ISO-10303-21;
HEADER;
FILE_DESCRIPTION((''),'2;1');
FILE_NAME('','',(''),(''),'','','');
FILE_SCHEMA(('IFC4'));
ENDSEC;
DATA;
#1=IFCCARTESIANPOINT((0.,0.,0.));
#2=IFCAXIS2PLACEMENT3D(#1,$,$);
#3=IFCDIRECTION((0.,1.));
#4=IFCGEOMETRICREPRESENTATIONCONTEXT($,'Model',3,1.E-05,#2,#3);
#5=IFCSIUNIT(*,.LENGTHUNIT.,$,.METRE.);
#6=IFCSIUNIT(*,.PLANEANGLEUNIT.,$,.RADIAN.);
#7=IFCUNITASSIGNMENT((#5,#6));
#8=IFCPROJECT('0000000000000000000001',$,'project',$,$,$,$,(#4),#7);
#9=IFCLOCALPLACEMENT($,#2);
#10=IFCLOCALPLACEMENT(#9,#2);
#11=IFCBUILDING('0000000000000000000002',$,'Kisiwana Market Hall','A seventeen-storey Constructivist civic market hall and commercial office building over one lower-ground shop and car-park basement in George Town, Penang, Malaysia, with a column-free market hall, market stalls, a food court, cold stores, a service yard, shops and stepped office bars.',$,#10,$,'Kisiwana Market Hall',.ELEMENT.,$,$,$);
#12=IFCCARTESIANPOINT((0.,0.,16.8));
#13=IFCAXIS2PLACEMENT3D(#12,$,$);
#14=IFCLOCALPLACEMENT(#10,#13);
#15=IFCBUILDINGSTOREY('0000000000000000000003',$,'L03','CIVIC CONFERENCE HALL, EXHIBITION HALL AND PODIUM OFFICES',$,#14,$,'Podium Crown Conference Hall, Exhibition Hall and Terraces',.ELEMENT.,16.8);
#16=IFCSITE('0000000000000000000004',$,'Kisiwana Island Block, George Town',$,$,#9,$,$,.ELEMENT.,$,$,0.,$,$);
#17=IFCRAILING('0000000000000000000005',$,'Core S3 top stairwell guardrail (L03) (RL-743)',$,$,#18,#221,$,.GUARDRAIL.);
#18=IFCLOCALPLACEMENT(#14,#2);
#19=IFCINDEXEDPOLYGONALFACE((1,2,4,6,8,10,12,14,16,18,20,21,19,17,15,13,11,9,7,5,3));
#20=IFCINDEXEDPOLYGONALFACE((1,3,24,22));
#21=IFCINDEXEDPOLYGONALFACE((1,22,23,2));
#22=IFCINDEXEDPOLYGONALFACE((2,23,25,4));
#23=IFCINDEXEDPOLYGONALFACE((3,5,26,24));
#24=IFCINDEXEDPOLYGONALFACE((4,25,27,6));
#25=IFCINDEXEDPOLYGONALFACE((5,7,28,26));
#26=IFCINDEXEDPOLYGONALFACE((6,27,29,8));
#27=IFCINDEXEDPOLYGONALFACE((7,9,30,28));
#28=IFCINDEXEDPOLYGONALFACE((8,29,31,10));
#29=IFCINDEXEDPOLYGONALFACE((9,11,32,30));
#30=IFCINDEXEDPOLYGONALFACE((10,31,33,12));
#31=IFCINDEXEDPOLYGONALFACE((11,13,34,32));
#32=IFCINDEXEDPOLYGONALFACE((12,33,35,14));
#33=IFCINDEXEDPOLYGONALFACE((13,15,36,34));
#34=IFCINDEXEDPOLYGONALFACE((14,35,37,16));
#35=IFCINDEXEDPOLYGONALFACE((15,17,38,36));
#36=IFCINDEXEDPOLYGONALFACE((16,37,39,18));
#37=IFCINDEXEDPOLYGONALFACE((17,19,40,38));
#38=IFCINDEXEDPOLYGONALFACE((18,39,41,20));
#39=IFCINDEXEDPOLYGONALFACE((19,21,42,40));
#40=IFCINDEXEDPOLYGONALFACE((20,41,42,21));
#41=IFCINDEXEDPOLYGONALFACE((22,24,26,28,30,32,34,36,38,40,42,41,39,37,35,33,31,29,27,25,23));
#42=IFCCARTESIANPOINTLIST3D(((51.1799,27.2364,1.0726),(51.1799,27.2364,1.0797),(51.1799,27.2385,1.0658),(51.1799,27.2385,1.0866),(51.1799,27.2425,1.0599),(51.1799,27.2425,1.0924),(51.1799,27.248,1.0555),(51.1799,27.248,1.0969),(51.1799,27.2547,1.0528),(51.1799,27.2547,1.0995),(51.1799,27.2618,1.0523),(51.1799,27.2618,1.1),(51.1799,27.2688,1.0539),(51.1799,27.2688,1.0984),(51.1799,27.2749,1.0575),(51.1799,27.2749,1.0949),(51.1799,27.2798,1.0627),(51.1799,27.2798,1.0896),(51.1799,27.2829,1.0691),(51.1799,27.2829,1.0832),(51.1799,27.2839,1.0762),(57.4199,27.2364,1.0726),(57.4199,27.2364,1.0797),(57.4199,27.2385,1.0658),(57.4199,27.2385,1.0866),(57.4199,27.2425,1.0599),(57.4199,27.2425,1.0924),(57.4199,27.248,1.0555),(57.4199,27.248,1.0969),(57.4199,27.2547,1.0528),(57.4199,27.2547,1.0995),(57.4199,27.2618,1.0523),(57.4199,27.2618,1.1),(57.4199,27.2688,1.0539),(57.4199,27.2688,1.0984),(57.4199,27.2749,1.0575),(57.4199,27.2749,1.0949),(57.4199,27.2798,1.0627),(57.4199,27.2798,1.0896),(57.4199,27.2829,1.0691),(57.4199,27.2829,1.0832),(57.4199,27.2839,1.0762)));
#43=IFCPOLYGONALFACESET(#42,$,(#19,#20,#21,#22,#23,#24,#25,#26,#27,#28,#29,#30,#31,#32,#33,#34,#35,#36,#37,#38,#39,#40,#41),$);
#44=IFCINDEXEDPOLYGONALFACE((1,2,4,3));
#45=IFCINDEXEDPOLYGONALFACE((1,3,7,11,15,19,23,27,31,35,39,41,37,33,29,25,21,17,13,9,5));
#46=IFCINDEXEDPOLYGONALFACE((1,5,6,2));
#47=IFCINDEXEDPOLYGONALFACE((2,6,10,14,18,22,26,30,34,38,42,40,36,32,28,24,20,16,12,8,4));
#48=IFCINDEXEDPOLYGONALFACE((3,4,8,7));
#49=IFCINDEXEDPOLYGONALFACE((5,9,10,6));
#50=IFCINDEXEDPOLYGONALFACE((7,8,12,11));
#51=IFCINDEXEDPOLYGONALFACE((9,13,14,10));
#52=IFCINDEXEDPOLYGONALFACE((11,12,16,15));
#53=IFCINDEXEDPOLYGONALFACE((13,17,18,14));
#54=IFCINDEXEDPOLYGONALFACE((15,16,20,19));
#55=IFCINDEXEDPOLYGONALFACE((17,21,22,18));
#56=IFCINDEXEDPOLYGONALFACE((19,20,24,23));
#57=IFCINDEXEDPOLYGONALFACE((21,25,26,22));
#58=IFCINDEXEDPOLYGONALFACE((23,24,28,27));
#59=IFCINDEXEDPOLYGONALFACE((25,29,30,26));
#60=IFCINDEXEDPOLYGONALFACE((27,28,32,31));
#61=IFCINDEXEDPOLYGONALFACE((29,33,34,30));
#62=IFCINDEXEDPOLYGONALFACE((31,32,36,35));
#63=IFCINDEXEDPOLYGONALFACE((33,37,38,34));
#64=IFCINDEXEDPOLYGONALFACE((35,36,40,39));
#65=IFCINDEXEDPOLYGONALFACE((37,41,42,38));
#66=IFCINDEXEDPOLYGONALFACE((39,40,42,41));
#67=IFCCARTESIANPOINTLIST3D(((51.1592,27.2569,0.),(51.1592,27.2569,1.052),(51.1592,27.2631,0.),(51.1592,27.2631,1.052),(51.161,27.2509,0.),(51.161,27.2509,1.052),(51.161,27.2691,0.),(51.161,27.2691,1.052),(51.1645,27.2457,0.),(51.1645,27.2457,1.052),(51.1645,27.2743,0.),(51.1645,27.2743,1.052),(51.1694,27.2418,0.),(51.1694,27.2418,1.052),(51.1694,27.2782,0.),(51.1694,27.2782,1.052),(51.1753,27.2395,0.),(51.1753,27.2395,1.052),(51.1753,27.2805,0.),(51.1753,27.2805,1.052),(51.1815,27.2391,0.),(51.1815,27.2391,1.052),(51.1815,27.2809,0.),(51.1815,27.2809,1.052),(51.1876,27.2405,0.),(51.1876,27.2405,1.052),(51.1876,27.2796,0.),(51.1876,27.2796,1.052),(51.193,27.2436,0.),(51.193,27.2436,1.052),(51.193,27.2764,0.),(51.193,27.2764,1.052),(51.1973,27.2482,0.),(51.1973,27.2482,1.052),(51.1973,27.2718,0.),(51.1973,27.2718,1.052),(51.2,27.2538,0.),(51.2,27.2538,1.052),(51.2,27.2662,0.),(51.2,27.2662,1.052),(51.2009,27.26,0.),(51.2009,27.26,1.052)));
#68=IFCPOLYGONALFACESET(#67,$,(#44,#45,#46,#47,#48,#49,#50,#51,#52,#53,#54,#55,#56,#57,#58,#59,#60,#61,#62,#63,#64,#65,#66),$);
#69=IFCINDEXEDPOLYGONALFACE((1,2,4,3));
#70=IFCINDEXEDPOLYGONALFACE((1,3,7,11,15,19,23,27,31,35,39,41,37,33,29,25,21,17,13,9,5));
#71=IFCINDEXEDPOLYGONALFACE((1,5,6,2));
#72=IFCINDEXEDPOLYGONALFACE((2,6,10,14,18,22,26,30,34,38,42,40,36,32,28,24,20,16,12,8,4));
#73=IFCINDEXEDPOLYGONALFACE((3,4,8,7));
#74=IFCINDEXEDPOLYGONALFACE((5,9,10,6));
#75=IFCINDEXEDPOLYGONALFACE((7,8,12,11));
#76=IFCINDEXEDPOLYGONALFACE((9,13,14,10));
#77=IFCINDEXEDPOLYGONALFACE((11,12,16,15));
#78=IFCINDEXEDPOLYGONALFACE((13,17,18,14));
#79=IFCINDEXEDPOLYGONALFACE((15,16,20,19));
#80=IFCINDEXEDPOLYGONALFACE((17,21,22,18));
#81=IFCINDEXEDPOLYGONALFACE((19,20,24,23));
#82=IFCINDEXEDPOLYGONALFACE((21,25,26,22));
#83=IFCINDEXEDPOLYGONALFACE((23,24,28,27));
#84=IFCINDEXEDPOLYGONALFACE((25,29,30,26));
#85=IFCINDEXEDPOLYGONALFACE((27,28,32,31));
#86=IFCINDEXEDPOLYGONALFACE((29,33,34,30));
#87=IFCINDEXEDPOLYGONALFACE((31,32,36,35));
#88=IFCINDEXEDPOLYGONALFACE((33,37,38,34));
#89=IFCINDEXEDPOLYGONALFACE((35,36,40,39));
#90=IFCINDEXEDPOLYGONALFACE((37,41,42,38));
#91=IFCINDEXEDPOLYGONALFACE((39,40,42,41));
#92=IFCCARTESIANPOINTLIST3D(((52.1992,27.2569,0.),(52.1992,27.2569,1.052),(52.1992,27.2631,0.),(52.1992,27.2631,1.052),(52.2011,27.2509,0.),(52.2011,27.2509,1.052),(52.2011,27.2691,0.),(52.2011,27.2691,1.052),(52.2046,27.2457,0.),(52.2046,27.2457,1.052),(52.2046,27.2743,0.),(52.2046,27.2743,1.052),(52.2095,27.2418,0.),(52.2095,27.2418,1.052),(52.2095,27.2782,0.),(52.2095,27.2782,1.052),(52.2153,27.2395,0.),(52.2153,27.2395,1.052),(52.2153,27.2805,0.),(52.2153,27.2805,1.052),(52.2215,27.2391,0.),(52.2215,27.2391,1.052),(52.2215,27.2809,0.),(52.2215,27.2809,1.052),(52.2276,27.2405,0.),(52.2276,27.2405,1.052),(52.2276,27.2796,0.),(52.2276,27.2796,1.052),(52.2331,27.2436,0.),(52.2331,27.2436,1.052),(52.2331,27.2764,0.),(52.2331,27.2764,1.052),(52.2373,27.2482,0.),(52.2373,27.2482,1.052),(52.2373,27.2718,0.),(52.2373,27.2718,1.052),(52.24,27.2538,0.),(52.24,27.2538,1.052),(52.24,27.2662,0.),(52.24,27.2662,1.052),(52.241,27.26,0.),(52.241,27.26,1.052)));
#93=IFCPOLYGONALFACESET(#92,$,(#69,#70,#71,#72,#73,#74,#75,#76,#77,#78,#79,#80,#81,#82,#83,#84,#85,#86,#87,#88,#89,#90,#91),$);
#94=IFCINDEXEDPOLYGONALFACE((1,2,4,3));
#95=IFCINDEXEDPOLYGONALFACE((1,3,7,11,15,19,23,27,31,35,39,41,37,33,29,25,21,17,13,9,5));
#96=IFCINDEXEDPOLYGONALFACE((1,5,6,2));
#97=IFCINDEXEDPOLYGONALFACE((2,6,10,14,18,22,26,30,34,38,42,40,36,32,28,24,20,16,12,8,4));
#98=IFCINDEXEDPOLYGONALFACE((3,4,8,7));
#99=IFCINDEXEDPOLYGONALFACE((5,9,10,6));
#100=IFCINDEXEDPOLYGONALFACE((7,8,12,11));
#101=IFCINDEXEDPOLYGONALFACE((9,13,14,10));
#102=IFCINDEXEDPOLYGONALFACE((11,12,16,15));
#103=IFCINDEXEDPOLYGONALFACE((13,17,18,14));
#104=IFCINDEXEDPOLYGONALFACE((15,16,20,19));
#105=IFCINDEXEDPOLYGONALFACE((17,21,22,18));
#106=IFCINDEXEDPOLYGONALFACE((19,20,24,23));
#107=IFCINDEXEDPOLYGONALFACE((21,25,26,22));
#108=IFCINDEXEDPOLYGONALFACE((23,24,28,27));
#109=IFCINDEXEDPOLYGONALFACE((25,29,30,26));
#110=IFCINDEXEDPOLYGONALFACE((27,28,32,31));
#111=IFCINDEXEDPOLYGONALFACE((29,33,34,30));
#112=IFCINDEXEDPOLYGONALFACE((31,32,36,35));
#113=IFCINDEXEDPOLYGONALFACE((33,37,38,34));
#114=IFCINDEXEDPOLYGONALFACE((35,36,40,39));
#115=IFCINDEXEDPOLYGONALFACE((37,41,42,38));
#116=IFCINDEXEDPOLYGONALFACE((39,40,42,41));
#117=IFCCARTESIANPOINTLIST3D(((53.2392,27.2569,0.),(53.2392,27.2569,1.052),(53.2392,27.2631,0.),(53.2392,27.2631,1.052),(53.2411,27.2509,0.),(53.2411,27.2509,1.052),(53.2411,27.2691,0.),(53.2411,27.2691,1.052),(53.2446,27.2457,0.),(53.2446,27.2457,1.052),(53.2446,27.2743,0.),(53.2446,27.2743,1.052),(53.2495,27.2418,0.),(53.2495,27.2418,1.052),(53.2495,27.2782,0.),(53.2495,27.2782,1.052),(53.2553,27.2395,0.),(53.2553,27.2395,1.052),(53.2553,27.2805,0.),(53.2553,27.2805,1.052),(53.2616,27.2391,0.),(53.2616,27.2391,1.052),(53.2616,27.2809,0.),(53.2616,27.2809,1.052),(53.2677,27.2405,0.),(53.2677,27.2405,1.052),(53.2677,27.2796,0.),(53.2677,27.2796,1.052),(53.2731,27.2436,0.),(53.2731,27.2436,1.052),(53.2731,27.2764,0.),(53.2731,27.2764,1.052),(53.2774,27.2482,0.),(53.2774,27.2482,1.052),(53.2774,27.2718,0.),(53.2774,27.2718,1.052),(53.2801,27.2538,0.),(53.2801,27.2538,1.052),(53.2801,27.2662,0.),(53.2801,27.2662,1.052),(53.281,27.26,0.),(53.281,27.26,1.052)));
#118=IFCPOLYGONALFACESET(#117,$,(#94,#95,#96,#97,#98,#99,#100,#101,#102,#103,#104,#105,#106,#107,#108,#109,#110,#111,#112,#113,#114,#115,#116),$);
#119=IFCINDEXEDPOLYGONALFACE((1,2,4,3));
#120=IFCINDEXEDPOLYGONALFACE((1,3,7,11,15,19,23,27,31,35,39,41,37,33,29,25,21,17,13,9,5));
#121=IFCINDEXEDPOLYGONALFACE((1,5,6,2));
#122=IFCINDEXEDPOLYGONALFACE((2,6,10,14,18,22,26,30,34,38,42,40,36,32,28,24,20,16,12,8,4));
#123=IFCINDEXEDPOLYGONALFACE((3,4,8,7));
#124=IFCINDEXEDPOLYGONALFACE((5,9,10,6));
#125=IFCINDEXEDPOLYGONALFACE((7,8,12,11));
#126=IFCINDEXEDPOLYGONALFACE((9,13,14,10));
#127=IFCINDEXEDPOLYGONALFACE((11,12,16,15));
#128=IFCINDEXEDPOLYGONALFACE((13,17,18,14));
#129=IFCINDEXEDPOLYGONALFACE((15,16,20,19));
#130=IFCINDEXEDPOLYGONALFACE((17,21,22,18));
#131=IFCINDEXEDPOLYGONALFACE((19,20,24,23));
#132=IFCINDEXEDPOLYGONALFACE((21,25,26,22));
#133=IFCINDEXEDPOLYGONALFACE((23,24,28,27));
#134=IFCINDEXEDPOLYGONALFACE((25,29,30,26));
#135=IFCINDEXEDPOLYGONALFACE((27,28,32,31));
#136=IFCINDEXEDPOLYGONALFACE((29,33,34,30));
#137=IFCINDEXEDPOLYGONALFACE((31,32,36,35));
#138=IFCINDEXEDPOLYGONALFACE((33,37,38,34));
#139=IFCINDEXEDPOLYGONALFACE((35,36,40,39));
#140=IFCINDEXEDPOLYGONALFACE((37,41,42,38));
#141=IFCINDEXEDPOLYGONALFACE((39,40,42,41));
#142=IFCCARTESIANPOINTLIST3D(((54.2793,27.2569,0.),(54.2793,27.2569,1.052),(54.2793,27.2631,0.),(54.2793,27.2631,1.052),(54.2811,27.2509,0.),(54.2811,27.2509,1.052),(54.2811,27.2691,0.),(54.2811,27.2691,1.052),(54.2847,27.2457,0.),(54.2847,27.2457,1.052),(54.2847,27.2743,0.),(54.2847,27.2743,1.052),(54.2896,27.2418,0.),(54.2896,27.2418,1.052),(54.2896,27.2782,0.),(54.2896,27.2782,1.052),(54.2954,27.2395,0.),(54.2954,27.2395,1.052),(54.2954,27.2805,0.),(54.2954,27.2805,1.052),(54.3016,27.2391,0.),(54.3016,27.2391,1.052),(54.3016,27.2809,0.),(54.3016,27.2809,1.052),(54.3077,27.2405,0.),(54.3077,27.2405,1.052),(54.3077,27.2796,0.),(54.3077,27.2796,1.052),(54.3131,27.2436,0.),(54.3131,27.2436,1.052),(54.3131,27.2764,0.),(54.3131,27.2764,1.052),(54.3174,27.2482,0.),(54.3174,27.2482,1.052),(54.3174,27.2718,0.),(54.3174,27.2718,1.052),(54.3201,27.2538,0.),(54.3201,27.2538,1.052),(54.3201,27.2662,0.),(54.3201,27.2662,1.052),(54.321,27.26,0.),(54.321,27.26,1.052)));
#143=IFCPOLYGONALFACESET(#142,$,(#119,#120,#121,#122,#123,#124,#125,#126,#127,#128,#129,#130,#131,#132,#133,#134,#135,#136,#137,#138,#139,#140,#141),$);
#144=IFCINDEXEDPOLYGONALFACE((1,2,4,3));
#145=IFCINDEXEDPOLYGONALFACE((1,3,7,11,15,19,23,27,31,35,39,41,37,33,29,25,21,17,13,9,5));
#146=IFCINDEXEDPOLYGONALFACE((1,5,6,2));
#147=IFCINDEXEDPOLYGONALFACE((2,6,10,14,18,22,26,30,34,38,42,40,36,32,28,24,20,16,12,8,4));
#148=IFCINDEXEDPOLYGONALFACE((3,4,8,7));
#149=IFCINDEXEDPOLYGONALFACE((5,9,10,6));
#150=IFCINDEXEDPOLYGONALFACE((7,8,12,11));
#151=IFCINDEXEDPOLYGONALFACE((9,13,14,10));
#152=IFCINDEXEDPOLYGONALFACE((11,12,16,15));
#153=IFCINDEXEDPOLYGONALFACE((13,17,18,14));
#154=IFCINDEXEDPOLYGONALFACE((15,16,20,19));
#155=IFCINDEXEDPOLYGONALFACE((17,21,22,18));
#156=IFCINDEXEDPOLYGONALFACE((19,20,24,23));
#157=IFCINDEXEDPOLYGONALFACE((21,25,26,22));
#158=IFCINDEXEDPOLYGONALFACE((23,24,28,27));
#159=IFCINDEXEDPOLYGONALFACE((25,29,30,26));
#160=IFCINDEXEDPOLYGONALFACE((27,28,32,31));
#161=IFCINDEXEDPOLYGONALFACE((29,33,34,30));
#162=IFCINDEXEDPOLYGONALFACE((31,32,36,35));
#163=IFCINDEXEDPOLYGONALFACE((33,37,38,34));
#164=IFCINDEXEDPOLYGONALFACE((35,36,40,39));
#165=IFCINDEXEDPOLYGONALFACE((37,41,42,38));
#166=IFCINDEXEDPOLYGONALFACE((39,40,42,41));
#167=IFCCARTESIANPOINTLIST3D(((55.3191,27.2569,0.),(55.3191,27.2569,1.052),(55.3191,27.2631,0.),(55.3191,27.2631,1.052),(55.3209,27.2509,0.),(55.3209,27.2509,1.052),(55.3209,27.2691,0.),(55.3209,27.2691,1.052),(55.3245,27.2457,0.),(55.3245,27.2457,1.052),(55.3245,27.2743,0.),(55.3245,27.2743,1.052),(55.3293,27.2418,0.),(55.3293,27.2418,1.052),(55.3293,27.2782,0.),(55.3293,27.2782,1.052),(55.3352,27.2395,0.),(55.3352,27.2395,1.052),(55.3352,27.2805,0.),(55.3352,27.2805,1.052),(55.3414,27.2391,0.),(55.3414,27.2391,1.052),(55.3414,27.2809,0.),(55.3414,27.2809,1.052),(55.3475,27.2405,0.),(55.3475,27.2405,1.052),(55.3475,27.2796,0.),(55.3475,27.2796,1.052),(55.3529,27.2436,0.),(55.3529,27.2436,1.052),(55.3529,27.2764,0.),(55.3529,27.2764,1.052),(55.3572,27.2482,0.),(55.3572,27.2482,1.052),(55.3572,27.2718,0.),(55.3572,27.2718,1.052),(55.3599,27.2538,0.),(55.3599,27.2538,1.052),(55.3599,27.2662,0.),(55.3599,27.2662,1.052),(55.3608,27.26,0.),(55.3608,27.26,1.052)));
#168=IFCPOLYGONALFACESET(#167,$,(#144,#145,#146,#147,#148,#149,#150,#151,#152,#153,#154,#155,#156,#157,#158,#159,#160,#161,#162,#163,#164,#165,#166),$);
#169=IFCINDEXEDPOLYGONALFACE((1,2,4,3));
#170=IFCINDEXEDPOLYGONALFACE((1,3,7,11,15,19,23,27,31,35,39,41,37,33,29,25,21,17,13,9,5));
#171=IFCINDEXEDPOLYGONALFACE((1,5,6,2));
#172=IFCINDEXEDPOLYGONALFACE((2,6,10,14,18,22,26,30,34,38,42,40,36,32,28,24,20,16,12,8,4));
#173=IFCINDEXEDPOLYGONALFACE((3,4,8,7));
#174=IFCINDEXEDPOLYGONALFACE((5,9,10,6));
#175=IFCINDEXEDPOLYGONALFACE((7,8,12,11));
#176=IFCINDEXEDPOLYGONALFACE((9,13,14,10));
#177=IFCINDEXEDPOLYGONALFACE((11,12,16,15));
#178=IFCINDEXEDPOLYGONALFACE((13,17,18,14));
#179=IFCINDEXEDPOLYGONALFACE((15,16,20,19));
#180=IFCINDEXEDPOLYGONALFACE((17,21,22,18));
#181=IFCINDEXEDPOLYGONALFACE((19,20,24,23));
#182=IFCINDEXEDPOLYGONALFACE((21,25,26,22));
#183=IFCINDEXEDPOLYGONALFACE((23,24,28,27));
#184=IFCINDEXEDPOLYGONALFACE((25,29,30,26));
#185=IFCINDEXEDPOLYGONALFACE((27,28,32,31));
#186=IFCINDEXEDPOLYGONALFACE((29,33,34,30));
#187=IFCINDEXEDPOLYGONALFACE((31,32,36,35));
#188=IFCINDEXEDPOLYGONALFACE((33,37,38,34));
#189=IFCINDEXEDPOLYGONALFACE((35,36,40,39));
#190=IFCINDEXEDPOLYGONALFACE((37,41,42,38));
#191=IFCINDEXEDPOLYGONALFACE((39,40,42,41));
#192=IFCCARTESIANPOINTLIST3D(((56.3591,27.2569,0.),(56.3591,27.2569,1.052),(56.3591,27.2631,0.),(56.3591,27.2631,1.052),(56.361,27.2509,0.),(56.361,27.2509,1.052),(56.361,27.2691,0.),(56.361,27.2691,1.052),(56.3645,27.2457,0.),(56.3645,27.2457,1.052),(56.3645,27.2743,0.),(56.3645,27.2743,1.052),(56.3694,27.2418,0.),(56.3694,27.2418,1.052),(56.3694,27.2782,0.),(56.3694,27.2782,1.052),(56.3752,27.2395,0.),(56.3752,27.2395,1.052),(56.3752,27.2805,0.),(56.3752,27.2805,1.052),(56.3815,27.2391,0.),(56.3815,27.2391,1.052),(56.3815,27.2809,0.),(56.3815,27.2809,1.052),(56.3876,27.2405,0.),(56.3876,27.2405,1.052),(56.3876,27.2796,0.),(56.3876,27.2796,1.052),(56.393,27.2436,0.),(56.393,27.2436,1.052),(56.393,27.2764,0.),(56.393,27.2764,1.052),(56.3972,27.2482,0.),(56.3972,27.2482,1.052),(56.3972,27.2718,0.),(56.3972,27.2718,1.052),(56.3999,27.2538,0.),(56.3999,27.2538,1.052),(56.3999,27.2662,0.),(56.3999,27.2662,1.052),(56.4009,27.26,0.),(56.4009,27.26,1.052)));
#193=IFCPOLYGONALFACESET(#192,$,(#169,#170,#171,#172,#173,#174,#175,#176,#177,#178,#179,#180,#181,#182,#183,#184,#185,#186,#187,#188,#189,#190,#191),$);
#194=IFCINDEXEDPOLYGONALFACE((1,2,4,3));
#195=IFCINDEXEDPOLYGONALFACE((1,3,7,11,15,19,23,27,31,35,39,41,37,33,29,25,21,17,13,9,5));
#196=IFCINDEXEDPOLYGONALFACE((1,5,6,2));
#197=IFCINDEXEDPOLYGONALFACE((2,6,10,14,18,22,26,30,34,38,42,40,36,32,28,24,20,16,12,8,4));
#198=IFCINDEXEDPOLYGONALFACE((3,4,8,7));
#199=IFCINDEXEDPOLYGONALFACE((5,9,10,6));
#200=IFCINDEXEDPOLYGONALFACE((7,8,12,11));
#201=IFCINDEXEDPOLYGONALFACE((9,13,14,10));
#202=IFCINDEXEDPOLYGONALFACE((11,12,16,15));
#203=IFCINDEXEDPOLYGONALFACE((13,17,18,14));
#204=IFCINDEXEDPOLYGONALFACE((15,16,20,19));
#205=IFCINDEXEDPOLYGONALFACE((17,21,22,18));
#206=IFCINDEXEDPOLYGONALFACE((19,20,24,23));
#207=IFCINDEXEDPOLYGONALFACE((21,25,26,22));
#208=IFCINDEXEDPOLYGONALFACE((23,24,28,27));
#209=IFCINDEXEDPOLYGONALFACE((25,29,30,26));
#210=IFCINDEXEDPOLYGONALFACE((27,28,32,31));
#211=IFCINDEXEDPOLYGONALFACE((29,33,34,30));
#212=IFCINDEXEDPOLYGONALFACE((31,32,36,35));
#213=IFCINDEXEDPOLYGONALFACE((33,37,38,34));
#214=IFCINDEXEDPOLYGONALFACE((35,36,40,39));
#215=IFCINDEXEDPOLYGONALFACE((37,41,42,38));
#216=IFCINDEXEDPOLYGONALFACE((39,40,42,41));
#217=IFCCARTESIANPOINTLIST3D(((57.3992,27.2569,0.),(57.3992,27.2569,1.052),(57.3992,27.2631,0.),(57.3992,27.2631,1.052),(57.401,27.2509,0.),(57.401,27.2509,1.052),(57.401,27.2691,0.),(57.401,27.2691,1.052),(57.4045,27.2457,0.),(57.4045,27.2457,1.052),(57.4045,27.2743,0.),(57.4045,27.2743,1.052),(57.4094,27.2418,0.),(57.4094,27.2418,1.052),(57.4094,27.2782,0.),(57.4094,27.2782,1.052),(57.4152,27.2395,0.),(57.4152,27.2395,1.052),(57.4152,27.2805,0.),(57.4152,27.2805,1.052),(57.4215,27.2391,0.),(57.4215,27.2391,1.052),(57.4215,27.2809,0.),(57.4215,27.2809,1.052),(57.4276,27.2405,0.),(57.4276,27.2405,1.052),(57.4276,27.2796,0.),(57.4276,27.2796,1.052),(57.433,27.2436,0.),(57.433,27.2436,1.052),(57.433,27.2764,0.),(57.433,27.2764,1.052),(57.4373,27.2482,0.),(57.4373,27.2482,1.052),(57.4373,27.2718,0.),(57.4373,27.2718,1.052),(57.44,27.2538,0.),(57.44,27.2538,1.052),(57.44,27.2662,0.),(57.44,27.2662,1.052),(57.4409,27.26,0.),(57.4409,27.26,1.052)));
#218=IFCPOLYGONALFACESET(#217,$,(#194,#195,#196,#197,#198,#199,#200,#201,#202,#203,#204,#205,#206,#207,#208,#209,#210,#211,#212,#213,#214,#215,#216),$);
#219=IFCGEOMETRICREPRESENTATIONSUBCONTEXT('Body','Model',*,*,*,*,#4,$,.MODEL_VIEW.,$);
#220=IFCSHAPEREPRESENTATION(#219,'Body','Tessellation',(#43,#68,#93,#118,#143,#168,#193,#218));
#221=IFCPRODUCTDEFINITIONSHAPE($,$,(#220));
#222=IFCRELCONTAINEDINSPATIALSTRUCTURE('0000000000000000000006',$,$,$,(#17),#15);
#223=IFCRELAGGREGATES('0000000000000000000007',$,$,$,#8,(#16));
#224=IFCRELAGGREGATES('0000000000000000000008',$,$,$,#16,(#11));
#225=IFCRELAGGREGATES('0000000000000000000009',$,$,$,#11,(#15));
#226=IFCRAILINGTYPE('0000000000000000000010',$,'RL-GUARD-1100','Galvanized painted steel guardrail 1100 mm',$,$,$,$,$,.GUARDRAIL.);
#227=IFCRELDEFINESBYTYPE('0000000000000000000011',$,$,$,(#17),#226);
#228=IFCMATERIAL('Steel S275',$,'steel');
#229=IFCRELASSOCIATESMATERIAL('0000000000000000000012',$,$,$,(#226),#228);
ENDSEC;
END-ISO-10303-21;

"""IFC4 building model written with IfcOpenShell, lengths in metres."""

from ifc_helpers import new_model, si_unit, direction, frame, origin, origin_2d, place, context, subcontext, project, spatial, circle, extrude, material, type_object, element, save


model = new_model("IFC4")

# Units and contexts
model_context = context("Model", 3, precision=1e-05, world=origin(), true_north=direction((0.0, 1.0)))
body_context = subcontext(model_context, "Body", "Model", "MODEL_VIEW")
ifc_project = project(units=[si_unit("LENGTHUNIT", "METRE"), si_unit("PLANEANGLEUNIT", "RADIAN")], contexts=[model_context])

# Site, building, storey
site_placement = place(None, origin())
site = spatial("IfcSite", under=ifc_project, at=site_placement, Name="Kisiwana Island Block, George Town", CompositionType="ELEMENT", RefElevation=0.0)
building_placement = place(site_placement, origin())
building = spatial("IfcBuilding", under=site, at=building_placement, Name="Kisiwana Market Hall", Description="A seventeen-storey Constructivist civic market hall and commercial office building over one lower-ground shop and car-park basement in George Town, Penang, Malaysia, with a column-free market hall, market stalls, a food court, cold stores, a service yard, shops and stepped office bars.", LongName="Kisiwana Market Hall", CompositionType="ELEMENT")
storey_placement = place(building_placement, frame((0.0, 0.0, 16.8)))
storey = spatial("IfcBuildingStorey", under=building, at=storey_placement, Name="L03", Description="CIVIC CONFERENCE HALL, EXHIBITION HALL AND PODIUM OFFICES", LongName="Podium Crown Conference Hall, Exhibition Hall and Terraces", CompositionType="ELEMENT", Elevation=16.8)

# Railing
ifc_material_1 = material(Name="Steel S275", Category="steel")
railing_type = type_object("IfcRailingType", Name="RL-GUARD-1100", Description="Galvanized painted steel guardrail 1100 mm", PredefinedType="GUARDRAIL", material=ifc_material_1)
railing_placement = place(storey_placement, frame((51.1799, 27.26, 0.0)))
element("IfcRailing", 1, at=railing_placement, inside=storey, type_object=railing_type, Name="Core S3 top stairwell guardrail (L03) (RL-743)", PredefinedType="GUARDRAIL", context=body_context, shape_type="SweptSolid", body=[
    extrude(circle(Radius=0.0239, at=origin_2d()), frame((0.0, 0.0, 1.0762), z_axis=(1.0, 0.0, 0.0), x_axis=(0.0, 1.0, 0.0)), (0.0, 0.0, 1.0), 6.24),
    extrude(circle(Radius=0.021, at=origin_2d()), origin(), (0.0, 0.0, 1.0), 1.052),
    extrude(circle(Radius=0.021, at=origin_2d()), frame((1.04, 0.0, 0.0)), (0.0, 0.0, 1.0), 1.052),
    extrude(circle(Radius=0.021, at=origin_2d()), frame((2.0801, 0.0, 0.0)), (0.0, 0.0, 1.0), 1.052),
    extrude(circle(Radius=0.021, at=origin_2d()), frame((3.1201, 0.0, 0.0)), (0.0, 0.0, 1.0), 1.052),
    extrude(circle(Radius=0.021, at=origin_2d()), frame((4.1599, 0.0, 0.0)), (0.0, 0.0, 1.0), 1.052),
    extrude(circle(Radius=0.021, at=origin_2d()), frame((5.2, 0.0, 0.0)), (0.0, 0.0, 1.0), 1.052),
    extrude(circle(Radius=0.021, at=origin_2d()), frame((6.24, 0.0, 0.0)), (0.0, 0.0, 1.0), 1.052),
])

save(model, "model.ifc")
